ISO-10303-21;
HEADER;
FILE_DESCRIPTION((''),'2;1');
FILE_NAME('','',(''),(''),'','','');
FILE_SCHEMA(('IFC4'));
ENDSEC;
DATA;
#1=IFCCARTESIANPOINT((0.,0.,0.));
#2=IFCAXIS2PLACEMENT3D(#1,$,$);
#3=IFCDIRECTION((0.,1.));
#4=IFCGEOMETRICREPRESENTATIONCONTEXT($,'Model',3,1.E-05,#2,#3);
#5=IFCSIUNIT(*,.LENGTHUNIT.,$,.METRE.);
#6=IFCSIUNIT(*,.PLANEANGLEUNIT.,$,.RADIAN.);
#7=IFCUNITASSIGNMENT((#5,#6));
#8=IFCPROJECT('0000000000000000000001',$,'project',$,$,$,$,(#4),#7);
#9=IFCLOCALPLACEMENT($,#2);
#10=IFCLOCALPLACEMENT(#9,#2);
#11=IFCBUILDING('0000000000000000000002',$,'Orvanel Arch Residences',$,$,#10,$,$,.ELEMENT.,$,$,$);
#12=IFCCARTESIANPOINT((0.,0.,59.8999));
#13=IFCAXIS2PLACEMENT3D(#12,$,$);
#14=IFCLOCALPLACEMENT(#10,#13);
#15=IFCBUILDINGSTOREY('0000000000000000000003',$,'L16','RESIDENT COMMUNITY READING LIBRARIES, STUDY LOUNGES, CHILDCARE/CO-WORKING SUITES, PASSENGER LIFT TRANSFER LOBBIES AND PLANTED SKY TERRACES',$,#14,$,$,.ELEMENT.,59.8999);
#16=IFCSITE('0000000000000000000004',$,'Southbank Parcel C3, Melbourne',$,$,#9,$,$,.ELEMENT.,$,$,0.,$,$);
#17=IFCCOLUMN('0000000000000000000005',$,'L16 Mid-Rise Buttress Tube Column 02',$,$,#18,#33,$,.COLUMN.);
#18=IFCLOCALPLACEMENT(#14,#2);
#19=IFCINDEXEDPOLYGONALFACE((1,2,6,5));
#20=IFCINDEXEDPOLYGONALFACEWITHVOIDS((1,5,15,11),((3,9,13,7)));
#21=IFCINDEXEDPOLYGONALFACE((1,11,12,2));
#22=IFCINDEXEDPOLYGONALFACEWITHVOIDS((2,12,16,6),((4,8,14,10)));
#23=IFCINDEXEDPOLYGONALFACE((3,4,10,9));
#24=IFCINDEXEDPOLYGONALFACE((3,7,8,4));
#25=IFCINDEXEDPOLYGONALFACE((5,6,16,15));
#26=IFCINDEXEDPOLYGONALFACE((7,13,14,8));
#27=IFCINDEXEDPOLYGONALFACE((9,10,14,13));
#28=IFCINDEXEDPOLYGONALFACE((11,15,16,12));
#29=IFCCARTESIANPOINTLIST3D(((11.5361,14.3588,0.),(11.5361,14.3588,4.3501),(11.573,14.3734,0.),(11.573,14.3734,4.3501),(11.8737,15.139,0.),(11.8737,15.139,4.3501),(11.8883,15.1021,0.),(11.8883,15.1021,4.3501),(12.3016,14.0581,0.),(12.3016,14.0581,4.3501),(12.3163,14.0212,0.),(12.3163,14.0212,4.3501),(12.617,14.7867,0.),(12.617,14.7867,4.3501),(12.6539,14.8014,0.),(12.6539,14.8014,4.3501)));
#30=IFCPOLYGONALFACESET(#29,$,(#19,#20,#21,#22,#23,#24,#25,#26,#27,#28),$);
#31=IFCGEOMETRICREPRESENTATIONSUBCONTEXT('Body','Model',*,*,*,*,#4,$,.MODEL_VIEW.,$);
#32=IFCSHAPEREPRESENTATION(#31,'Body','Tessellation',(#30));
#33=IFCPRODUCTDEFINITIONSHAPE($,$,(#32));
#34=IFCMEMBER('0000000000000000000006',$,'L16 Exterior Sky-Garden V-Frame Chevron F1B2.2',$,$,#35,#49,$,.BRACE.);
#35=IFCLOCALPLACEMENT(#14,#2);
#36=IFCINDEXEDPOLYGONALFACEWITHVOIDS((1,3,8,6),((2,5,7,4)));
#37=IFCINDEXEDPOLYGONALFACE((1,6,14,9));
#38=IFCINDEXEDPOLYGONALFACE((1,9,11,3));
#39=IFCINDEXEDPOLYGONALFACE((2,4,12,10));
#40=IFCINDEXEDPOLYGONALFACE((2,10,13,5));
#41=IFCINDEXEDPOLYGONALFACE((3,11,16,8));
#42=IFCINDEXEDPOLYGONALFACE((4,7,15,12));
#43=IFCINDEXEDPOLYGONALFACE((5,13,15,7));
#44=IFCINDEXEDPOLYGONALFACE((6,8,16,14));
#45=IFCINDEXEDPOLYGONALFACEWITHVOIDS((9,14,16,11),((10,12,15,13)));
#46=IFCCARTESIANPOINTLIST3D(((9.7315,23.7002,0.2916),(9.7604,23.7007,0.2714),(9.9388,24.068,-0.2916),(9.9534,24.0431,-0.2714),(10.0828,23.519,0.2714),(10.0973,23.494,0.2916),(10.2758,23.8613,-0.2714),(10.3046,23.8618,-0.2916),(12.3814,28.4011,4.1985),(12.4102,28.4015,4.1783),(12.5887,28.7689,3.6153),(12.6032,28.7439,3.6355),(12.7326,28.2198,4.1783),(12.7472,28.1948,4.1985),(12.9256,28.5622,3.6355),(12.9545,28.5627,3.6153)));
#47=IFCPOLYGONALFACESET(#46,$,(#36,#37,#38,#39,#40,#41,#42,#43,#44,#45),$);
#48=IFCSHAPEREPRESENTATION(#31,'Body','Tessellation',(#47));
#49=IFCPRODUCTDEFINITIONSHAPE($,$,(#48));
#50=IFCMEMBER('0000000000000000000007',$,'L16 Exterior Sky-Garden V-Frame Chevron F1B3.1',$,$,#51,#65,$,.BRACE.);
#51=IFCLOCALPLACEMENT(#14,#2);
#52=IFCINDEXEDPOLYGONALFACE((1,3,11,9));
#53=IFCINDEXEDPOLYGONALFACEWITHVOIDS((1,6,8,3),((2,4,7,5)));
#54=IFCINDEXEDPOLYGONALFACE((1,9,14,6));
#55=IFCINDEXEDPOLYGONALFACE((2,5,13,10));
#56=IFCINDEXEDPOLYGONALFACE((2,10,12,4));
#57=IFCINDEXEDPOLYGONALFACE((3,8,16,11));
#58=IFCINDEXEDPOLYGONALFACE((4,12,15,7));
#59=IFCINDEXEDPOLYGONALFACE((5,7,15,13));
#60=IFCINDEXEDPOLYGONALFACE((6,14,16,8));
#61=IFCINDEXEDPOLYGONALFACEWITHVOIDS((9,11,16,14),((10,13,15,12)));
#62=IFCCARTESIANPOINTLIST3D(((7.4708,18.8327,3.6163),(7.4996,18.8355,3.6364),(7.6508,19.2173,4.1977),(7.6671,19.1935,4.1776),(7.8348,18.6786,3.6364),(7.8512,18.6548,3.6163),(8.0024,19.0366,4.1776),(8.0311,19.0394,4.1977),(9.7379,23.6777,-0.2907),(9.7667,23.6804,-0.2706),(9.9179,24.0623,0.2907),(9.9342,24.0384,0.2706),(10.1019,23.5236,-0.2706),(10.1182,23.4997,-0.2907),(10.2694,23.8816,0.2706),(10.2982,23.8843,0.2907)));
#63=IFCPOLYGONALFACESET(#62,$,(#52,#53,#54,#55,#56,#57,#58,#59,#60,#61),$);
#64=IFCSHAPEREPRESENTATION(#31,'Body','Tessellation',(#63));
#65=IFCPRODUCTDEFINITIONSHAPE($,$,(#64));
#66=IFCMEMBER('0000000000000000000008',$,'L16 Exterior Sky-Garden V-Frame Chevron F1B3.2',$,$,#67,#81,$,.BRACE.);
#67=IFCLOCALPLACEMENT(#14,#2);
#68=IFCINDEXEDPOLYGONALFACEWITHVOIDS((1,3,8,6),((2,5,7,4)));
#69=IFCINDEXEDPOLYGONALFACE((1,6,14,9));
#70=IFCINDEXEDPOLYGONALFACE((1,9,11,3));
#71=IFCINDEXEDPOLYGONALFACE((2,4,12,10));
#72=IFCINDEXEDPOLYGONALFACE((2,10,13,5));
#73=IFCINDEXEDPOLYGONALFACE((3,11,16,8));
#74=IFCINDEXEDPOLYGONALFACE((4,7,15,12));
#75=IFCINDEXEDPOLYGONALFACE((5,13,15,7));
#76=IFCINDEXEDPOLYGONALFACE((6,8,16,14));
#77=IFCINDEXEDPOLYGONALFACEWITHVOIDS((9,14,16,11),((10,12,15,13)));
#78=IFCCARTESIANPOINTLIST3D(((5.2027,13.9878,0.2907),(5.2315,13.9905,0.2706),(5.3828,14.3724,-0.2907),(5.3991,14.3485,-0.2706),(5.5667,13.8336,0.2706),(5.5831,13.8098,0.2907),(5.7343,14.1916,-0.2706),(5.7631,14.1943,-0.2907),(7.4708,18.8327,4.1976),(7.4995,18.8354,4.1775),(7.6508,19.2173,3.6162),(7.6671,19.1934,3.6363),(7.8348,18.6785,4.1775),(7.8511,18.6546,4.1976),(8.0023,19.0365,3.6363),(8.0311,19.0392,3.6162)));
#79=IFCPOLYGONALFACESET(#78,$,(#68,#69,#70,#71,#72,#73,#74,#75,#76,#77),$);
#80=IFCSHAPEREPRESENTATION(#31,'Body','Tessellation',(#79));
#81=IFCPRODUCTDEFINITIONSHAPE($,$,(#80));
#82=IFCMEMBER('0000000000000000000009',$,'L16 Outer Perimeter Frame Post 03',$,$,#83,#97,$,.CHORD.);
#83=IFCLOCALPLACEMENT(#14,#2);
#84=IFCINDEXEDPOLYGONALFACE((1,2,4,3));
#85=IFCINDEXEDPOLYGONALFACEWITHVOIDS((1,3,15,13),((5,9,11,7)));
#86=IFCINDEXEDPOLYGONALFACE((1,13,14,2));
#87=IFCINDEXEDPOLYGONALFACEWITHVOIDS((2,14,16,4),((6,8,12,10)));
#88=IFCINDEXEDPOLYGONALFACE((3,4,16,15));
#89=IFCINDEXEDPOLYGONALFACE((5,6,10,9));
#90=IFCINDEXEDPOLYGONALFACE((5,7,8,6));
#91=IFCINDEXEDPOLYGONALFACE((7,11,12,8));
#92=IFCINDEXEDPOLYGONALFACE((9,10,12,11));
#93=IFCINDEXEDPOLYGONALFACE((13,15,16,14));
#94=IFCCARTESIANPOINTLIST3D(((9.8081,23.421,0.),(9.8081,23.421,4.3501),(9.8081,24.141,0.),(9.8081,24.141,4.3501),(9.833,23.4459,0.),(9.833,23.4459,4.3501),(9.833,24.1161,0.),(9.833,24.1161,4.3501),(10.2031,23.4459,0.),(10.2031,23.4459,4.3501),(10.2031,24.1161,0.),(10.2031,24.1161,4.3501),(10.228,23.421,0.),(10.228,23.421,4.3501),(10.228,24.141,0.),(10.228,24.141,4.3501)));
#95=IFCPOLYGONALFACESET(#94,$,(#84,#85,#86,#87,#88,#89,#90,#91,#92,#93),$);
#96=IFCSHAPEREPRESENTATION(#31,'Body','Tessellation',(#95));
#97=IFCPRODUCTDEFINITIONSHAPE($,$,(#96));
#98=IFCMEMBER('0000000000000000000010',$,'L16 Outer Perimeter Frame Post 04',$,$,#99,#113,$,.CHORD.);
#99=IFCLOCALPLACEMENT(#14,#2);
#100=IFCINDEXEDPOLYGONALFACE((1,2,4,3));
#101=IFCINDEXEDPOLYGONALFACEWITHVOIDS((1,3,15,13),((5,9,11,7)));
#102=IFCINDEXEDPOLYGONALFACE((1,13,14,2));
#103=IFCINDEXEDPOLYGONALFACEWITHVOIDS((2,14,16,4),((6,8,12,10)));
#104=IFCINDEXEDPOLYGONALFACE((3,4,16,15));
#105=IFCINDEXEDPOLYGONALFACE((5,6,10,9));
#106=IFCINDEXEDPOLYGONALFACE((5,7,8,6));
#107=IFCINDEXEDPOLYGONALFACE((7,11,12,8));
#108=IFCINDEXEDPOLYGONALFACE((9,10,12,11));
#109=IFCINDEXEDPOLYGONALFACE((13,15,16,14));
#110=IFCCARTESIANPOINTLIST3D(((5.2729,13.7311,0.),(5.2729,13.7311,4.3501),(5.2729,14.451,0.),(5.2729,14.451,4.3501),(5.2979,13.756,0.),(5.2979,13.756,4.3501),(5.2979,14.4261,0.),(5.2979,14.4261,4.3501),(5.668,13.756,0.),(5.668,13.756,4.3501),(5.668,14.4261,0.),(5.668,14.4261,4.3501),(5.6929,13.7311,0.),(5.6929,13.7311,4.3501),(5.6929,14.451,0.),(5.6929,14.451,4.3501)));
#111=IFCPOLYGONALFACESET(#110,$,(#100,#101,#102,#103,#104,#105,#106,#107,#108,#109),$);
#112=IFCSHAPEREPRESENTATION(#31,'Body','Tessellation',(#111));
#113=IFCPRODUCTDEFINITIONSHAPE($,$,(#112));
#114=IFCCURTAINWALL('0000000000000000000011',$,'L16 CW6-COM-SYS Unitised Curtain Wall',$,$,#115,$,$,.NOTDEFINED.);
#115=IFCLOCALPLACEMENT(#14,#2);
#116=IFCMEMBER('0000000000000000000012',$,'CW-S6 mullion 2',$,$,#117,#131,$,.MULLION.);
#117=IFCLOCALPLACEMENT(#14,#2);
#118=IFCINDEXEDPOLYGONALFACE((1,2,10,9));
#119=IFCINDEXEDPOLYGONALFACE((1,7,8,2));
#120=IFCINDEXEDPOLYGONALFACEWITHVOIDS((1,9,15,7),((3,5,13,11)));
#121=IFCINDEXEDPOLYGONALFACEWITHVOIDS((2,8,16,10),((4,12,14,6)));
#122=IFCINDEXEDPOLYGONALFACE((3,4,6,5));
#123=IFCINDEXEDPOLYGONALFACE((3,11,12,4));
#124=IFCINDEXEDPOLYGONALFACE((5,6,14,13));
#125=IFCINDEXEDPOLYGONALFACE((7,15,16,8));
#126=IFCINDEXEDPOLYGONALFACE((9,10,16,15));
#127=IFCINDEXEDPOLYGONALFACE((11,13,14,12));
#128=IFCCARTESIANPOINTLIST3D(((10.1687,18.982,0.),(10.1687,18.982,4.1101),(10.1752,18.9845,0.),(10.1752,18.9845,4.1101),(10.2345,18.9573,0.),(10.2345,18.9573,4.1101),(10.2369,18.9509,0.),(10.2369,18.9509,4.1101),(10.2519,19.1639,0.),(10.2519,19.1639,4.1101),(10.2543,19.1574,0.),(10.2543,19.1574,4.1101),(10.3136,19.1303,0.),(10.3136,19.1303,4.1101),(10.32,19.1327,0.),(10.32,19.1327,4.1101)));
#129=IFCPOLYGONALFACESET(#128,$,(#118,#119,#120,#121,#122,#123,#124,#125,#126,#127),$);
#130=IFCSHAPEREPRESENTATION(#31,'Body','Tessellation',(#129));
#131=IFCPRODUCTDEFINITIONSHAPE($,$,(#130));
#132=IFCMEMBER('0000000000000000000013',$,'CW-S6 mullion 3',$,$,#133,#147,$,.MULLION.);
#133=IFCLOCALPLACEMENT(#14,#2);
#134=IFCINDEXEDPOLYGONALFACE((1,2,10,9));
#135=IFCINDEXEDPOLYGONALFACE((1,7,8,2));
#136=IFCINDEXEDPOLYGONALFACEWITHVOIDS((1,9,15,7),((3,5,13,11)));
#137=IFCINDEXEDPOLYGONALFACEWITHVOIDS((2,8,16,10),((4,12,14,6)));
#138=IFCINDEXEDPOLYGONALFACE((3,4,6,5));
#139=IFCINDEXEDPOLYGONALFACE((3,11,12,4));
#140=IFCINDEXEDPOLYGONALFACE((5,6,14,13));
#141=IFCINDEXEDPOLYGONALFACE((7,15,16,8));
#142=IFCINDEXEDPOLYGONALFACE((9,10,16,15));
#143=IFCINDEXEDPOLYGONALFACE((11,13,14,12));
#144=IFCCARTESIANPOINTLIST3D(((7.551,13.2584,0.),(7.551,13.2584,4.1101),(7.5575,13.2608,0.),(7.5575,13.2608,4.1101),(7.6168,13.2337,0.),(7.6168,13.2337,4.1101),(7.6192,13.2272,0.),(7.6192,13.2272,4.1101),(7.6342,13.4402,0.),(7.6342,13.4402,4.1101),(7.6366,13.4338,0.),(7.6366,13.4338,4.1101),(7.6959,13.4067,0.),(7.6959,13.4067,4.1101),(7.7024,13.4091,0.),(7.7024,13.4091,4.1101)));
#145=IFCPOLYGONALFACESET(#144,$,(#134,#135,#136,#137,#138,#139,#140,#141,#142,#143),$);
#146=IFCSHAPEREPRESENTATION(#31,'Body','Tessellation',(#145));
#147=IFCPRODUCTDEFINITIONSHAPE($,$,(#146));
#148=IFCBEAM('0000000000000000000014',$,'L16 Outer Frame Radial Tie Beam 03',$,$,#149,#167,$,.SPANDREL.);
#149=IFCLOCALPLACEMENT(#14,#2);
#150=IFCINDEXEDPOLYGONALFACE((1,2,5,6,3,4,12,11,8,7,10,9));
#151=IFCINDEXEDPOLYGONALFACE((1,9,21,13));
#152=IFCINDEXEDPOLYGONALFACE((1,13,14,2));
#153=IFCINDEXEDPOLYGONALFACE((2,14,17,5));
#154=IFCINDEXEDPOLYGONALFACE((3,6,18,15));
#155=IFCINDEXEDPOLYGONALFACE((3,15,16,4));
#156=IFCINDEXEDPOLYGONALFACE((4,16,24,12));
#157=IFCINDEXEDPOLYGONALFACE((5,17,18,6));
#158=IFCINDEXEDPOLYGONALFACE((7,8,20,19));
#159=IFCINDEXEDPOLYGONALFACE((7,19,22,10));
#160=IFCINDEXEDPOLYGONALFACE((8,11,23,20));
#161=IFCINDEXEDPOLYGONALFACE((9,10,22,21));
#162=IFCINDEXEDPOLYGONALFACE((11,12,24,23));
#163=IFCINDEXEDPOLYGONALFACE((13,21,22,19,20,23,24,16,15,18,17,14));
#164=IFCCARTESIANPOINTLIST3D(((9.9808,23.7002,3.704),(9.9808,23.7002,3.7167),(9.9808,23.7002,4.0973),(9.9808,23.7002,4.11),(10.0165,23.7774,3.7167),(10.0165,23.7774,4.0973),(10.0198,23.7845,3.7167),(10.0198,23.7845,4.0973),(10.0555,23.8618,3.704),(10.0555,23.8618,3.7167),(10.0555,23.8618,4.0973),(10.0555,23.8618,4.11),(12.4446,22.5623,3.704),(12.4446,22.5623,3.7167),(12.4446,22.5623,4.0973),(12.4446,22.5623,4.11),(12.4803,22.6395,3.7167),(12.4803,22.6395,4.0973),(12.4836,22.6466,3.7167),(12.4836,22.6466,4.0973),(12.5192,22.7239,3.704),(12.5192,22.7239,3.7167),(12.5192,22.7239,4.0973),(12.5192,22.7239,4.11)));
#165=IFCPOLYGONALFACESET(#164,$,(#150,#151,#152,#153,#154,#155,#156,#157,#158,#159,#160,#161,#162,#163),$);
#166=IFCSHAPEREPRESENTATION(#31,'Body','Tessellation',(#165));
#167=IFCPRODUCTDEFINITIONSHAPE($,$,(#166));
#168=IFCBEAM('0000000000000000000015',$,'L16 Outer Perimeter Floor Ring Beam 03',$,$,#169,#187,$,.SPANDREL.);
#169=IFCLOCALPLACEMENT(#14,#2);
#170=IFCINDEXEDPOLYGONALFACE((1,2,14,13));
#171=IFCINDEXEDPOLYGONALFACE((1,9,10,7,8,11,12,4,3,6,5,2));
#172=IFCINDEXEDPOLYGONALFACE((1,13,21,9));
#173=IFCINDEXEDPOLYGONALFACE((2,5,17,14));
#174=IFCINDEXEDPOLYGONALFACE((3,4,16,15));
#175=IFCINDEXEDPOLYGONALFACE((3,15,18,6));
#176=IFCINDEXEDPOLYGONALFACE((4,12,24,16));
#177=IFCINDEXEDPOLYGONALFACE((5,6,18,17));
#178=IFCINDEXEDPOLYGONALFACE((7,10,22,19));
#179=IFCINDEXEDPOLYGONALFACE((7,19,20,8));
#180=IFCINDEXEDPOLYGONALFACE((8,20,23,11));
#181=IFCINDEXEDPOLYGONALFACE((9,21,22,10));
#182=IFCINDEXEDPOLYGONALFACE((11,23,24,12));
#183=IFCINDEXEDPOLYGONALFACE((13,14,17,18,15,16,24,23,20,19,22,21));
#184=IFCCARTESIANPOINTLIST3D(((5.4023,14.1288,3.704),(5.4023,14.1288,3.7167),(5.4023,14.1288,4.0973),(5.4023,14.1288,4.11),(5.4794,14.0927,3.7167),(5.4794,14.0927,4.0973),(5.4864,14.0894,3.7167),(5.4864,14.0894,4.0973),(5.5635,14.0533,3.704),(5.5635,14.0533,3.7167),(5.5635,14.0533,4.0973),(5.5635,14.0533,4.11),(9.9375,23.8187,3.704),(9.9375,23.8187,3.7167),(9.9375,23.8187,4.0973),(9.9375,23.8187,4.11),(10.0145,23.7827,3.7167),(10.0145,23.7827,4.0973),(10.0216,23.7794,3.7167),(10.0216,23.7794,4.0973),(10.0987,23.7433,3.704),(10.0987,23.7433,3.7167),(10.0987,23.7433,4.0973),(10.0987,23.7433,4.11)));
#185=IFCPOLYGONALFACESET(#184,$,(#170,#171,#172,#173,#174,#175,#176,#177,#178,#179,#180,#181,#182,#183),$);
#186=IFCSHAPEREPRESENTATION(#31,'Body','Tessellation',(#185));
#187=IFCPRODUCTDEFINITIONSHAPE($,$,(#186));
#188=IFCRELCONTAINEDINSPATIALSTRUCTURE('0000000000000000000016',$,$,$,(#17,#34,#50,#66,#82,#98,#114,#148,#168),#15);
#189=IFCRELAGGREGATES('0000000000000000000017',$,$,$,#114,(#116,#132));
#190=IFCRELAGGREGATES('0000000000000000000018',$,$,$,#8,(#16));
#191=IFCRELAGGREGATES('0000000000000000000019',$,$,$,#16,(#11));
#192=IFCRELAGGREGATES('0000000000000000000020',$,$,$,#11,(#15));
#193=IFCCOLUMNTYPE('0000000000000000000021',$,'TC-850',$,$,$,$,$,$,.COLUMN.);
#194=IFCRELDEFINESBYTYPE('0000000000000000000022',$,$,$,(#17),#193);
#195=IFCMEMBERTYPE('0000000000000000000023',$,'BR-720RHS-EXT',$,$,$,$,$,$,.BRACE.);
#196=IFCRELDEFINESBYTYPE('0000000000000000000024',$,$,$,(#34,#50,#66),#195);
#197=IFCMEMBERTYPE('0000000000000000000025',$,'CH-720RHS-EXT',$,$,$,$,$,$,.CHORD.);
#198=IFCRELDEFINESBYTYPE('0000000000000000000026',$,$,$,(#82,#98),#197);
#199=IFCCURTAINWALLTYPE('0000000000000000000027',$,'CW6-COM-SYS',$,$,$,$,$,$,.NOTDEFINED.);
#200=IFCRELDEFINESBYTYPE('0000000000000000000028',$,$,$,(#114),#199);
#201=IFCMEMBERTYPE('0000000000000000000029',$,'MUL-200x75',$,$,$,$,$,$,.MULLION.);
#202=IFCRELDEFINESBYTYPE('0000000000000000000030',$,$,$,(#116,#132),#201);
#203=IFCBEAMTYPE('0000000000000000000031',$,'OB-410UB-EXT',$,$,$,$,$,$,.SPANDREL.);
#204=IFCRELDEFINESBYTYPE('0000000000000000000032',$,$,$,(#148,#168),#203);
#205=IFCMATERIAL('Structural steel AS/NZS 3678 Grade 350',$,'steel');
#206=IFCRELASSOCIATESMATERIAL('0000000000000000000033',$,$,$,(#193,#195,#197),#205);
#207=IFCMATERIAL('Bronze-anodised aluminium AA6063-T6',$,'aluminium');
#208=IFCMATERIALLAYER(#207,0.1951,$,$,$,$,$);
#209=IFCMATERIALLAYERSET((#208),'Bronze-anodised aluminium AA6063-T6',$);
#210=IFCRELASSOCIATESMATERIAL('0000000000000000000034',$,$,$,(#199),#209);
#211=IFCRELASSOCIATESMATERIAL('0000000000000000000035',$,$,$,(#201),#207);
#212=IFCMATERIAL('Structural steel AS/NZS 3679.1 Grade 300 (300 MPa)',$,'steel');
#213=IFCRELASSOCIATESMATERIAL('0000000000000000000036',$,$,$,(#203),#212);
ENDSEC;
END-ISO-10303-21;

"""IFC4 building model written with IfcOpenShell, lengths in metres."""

from ifc_helpers import new_model, si_unit, direction, frame, origin, origin_2d, place, context, subcontext, project, spatial, hollow_rectangle, i_section, extrude, material, layer, layer_set, material_profile, profile_set, type_object, element, aggregate, save


model = new_model("IFC4")

# Units and contexts
model_context = context("Model", 3, precision=1e-05, world=origin(), true_north=direction((0.0, 1.0)))
body_context = subcontext(model_context, "Body", "Model", "MODEL_VIEW")
ifc_project = project(units=[si_unit("LENGTHUNIT", "METRE"), si_unit("PLANEANGLEUNIT", "RADIAN")], contexts=[model_context])

# Site, building, storey
site_placement = place(None, origin())
site = spatial("IfcSite", under=ifc_project, at=site_placement, Name="Southbank Parcel C3, Melbourne", CompositionType="ELEMENT", RefElevation=0.0)
building_placement = place(site_placement, origin())
building = spatial("IfcBuilding", under=site, at=building_placement, Name="Orvanel Arch Residences", CompositionType="ELEMENT")
storey_placement = place(building_placement, frame((0.0, 0.0, 59.8999)))
storey = spatial("IfcBuildingStorey", under=building, at=storey_placement, Name="L16", Description="RESIDENT COMMUNITY READING LIBRARIES, STUDY LOUNGES, CHILDCARE/CO-WORKING SUITES, PASSENGER LIFT TRANSFER LOBBIES AND PLANTED SKY TERRACES", CompositionType="ELEMENT", Elevation=59.8999)

# Column
ifc_material_1 = material(Name="Structural steel AS/NZS 3678 Grade 350", Category="steel")
ifc_material_profile_1 = material_profile(ifc_material_1, hollow_rectangle(XDim=0.8501, YDim=0.8501, WallThickness=0.0281, at=origin_2d()), Name="BOX850x850x28")
ifc_profile_set_1 = profile_set([ifc_material_profile_1], Name="Structural steel AS/NZS 3678 Grade 350")
column_type = type_object("IfcColumnType", Name="TC-850", PredefinedType="COLUMN", material=ifc_profile_set_1)
column_placement = place(storey_placement, frame((12.095, 14.5801, 0.0), z_axis=(0.0, 0.0, 1.0), x_axis=(0.397148, 0.917755, 0.0)))
element("IfcColumn", 1, at=column_placement, inside=storey, type_object=column_type, Name="L16 Mid-Rise Buttress Tube Column 02", PredefinedType="COLUMN", context=body_context, shape_type="SweptSolid", body=[
    extrude(hollow_rectangle(XDim=0.8501, YDim=0.8501, WallThickness=0.0281, at=origin_2d()), origin(), (0.0, 0.0, 1.0), 4.3501),
])

# Members
ifc_material_profile_2 = material_profile(ifc_material_1, hollow_rectangle(XDim=0.4199, YDim=0.72, WallThickness=0.0249, at=origin_2d()), Name="RHS720x420x25")
ifc_profile_set_2 = profile_set([ifc_material_profile_2], Name="Structural steel AS/NZS 3678 Grade 350")
member_type_1 = type_object("IfcMemberType", Name="BR-720RHS-EXT", PredefinedType="BRACE", material=ifc_profile_set_2)
member_1_placement = place(storey_placement, frame((10.0181, 23.781, 0.0), z_axis=(0.39775, 0.705609, 0.586438), x_axis=(-0.871129, 0.491054, 0.0)))
element("IfcMember", 2, at=member_1_placement, inside=storey, type_object=member_type_1, Name="L16 Exterior Sky-Garden V-Frame Chevron F1B2.2", PredefinedType="BRACE", context=body_context, shape_type="SweptSolid", body=[
    extrude(hollow_rectangle(XDim=0.4199, YDim=0.72, WallThickness=0.0249, at=origin_2d()), origin(), (0.0, 0.0, 1.0), 6.6621),
])
member_2_placement = place(storey_placement, frame((10.0181, 23.781, 0.0), z_axis=(-0.342252, -0.731422, 0.589818), x_axis=(0.905745, -0.423822, 0.0)))
element("IfcMember", 3, at=member_2_placement, inside=storey, type_object=member_type_1, Name="L16 Exterior Sky-Garden V-Frame Chevron F1B3.1", PredefinedType="BRACE", context=body_context, shape_type="SweptSolid", body=[
    extrude(hollow_rectangle(XDim=0.4199, YDim=0.72, WallThickness=0.0249, at=origin_2d()), origin(), (0.0, 0.0, 1.0), 6.624),
])
member_3_placement = place(storey_placement, frame((5.4829, 14.0911, 0.0), z_axis=(0.342382, 0.731385, 0.589789), x_axis=(-0.905675, 0.423972, 0.0)))
element("IfcMember", 4, at=member_3_placement, inside=storey, type_object=member_type_1, Name="L16 Exterior Sky-Garden V-Frame Chevron F1B3.2", PredefinedType="BRACE", context=body_context, shape_type="SweptSolid", body=[
    extrude(hollow_rectangle(XDim=0.4199, YDim=0.72, WallThickness=0.0249, at=origin_2d()), origin(), (0.0, 0.0, 1.0), 6.6243),
])
ifc_material_profile_3 = material_profile(ifc_material_1, hollow_rectangle(XDim=0.4199, YDim=0.72, WallThickness=0.0249, at=origin_2d()), Name="RHS720x420x25")
ifc_profile_set_3 = profile_set([ifc_material_profile_3], Name="Structural steel AS/NZS 3678 Grade 350")
member_type_2 = type_object("IfcMemberType", Name="CH-720RHS-EXT", PredefinedType="CHORD", material=ifc_profile_set_3)
for number, where, z_axis, x_axis, name in (
    (5, (10.0181, 23.781, 0.0), (0.0, 0.0, 1.0), (1.0, 0.0, 0.0), "L16 Outer Perimeter Frame Post 03"),
    (6, (5.4829, 14.0911, 0.0), (0.0, 0.0, 1.0), (1.0, 0.0, 0.0), "L16 Outer Perimeter Frame Post 04"),
):
    element("IfcMember", number, at=place(storey_placement, frame(where, z_axis=z_axis, x_axis=x_axis)), inside=storey, type_object=member_type_2, Name=name, PredefinedType="CHORD", context=body_context, shape_type="SweptSolid", body=[
        extrude(hollow_rectangle(XDim=0.4199, YDim=0.72, WallThickness=0.0249, at=origin_2d()), origin(), (0.0, 0.0, 1.0), 4.3501),
    ])

# Curtain wall, members
ifc_material_2 = material(Name="Bronze-anodised aluminium AA6063-T6", Category="aluminium")
ifc_layer_1 = layer(ifc_material_2, 0.1951)
ifc_layer_set_1 = layer_set([ifc_layer_1], Name="Bronze-anodised aluminium AA6063-T6")
curtain_wall_type = type_object("IfcCurtainWallType", Name="CW6-COM-SYS", PredefinedType="NOTDEFINED", material=ifc_layer_set_1)
curtain_wall_placement = place(storey_placement, origin())
curtain_wall = element("IfcCurtainWall", 7, at=curtain_wall_placement, inside=storey, type_object=curtain_wall_type, Name="L16 CW6-COM-SYS Unitised Curtain Wall", PredefinedType="NOTDEFINED")
ifc_material_profile_4 = material_profile(ifc_material_2, hollow_rectangle(XDim=0.075, YDim=0.2, WallThickness=0.0049, at=origin_2d()), Name="ALU200x75x5")
ifc_profile_set_4 = profile_set([ifc_material_profile_4], Name="Bronze-anodised aluminium AA6063-T6")
member_type_3 = type_object("IfcMemberType", Name="MUL-200x75", PredefinedType="MULLION", material=ifc_profile_set_4)
member_4_placement = place(storey_placement, frame((10.2444, 19.0574, 0.0), z_axis=(0.0, 0.0, 1.0), x_axis=(0.909406, -0.415909, 0.0)))
member_4 = element("IfcMember", 8, at=member_4_placement, type_object=member_type_3, Name="CW-S6 mullion 2", PredefinedType="MULLION", context=body_context, shape_type="SweptSolid", body=[
    extrude(hollow_rectangle(XDim=0.075, YDim=0.2, WallThickness=0.0049, at=origin_2d()), origin(), (0.0, 0.0, 1.0), 4.1101),
])
member_5_placement = place(storey_placement, frame((7.6267, 13.3337, 0.0), z_axis=(0.0, 0.0, 1.0), x_axis=(0.909406, -0.415909, 0.0)))
member_5 = element("IfcMember", 9, at=member_5_placement, type_object=member_type_3, Name="CW-S6 mullion 3", PredefinedType="MULLION", context=body_context, shape_type="SweptSolid", body=[
    extrude(hollow_rectangle(XDim=0.075, YDim=0.2, WallThickness=0.0049, at=origin_2d()), origin(), (0.0, 0.0, 1.0), 4.1101),
])

# Beams
ifc_material_3 = material(Name="Structural steel AS/NZS 3679.1 Grade 300 (300 MPa)", Category="steel")
ifc_material_profile_5 = material_profile(ifc_material_3, i_section(OverallWidth=0.178, OverallDepth=0.406, WebThickness=0.0078, FlangeThickness=0.0127, at=origin_2d()), Name="410UB59.7")
ifc_profile_set_5 = profile_set([ifc_material_profile_5], Name="Structural steel AS/NZS 3679.1 Grade 300 (300 MPa)")
beam_type_1 = type_object("IfcBeamType", Name="OB-410UB-EXT", PredefinedType="SPANDREL", material=ifc_profile_set_5)
beam_1_placement = place(storey_placement, frame((12.4819, 22.6431, 3.907), z_axis=(-0.907851, 0.419292, 0.0), x_axis=(-0.419292, -0.907851, 0.0)))
element("IfcBeam", 10, at=beam_1_placement, inside=storey, type_object=beam_type_1, Name="L16 Outer Frame Radial Tie Beam 03", PredefinedType="SPANDREL", context=body_context, shape_type="SweptSolid", body=[
    extrude(i_section(OverallWidth=0.178, OverallDepth=0.406, WebThickness=0.0078, FlangeThickness=0.0127, at=origin_2d()), origin(), (0.0, 0.0, 1.0), 2.7139),
])
beam_2_placement = place(storey_placement, frame((10.0181, 23.781, 3.907), z_axis=(-0.423897, -0.90571, 0.0), x_axis=(0.90571, -0.423897, 0.0)))
element("IfcBeam", 11, at=beam_2_placement, inside=storey, type_object=beam_type_1, Name="L16 Outer Perimeter Floor Ring Beam 03", PredefinedType="SPANDREL", context=body_context, shape_type="SweptSolid", body=[
    extrude(i_section(OverallWidth=0.178, OverallDepth=0.406, WebThickness=0.0078, FlangeThickness=0.0127, at=origin_2d()), origin(), (0.0, 0.0, 1.0), 10.6987),
])

aggregate(curtain_wall, [member_4, member_5])

save(model, "model.ifc")
